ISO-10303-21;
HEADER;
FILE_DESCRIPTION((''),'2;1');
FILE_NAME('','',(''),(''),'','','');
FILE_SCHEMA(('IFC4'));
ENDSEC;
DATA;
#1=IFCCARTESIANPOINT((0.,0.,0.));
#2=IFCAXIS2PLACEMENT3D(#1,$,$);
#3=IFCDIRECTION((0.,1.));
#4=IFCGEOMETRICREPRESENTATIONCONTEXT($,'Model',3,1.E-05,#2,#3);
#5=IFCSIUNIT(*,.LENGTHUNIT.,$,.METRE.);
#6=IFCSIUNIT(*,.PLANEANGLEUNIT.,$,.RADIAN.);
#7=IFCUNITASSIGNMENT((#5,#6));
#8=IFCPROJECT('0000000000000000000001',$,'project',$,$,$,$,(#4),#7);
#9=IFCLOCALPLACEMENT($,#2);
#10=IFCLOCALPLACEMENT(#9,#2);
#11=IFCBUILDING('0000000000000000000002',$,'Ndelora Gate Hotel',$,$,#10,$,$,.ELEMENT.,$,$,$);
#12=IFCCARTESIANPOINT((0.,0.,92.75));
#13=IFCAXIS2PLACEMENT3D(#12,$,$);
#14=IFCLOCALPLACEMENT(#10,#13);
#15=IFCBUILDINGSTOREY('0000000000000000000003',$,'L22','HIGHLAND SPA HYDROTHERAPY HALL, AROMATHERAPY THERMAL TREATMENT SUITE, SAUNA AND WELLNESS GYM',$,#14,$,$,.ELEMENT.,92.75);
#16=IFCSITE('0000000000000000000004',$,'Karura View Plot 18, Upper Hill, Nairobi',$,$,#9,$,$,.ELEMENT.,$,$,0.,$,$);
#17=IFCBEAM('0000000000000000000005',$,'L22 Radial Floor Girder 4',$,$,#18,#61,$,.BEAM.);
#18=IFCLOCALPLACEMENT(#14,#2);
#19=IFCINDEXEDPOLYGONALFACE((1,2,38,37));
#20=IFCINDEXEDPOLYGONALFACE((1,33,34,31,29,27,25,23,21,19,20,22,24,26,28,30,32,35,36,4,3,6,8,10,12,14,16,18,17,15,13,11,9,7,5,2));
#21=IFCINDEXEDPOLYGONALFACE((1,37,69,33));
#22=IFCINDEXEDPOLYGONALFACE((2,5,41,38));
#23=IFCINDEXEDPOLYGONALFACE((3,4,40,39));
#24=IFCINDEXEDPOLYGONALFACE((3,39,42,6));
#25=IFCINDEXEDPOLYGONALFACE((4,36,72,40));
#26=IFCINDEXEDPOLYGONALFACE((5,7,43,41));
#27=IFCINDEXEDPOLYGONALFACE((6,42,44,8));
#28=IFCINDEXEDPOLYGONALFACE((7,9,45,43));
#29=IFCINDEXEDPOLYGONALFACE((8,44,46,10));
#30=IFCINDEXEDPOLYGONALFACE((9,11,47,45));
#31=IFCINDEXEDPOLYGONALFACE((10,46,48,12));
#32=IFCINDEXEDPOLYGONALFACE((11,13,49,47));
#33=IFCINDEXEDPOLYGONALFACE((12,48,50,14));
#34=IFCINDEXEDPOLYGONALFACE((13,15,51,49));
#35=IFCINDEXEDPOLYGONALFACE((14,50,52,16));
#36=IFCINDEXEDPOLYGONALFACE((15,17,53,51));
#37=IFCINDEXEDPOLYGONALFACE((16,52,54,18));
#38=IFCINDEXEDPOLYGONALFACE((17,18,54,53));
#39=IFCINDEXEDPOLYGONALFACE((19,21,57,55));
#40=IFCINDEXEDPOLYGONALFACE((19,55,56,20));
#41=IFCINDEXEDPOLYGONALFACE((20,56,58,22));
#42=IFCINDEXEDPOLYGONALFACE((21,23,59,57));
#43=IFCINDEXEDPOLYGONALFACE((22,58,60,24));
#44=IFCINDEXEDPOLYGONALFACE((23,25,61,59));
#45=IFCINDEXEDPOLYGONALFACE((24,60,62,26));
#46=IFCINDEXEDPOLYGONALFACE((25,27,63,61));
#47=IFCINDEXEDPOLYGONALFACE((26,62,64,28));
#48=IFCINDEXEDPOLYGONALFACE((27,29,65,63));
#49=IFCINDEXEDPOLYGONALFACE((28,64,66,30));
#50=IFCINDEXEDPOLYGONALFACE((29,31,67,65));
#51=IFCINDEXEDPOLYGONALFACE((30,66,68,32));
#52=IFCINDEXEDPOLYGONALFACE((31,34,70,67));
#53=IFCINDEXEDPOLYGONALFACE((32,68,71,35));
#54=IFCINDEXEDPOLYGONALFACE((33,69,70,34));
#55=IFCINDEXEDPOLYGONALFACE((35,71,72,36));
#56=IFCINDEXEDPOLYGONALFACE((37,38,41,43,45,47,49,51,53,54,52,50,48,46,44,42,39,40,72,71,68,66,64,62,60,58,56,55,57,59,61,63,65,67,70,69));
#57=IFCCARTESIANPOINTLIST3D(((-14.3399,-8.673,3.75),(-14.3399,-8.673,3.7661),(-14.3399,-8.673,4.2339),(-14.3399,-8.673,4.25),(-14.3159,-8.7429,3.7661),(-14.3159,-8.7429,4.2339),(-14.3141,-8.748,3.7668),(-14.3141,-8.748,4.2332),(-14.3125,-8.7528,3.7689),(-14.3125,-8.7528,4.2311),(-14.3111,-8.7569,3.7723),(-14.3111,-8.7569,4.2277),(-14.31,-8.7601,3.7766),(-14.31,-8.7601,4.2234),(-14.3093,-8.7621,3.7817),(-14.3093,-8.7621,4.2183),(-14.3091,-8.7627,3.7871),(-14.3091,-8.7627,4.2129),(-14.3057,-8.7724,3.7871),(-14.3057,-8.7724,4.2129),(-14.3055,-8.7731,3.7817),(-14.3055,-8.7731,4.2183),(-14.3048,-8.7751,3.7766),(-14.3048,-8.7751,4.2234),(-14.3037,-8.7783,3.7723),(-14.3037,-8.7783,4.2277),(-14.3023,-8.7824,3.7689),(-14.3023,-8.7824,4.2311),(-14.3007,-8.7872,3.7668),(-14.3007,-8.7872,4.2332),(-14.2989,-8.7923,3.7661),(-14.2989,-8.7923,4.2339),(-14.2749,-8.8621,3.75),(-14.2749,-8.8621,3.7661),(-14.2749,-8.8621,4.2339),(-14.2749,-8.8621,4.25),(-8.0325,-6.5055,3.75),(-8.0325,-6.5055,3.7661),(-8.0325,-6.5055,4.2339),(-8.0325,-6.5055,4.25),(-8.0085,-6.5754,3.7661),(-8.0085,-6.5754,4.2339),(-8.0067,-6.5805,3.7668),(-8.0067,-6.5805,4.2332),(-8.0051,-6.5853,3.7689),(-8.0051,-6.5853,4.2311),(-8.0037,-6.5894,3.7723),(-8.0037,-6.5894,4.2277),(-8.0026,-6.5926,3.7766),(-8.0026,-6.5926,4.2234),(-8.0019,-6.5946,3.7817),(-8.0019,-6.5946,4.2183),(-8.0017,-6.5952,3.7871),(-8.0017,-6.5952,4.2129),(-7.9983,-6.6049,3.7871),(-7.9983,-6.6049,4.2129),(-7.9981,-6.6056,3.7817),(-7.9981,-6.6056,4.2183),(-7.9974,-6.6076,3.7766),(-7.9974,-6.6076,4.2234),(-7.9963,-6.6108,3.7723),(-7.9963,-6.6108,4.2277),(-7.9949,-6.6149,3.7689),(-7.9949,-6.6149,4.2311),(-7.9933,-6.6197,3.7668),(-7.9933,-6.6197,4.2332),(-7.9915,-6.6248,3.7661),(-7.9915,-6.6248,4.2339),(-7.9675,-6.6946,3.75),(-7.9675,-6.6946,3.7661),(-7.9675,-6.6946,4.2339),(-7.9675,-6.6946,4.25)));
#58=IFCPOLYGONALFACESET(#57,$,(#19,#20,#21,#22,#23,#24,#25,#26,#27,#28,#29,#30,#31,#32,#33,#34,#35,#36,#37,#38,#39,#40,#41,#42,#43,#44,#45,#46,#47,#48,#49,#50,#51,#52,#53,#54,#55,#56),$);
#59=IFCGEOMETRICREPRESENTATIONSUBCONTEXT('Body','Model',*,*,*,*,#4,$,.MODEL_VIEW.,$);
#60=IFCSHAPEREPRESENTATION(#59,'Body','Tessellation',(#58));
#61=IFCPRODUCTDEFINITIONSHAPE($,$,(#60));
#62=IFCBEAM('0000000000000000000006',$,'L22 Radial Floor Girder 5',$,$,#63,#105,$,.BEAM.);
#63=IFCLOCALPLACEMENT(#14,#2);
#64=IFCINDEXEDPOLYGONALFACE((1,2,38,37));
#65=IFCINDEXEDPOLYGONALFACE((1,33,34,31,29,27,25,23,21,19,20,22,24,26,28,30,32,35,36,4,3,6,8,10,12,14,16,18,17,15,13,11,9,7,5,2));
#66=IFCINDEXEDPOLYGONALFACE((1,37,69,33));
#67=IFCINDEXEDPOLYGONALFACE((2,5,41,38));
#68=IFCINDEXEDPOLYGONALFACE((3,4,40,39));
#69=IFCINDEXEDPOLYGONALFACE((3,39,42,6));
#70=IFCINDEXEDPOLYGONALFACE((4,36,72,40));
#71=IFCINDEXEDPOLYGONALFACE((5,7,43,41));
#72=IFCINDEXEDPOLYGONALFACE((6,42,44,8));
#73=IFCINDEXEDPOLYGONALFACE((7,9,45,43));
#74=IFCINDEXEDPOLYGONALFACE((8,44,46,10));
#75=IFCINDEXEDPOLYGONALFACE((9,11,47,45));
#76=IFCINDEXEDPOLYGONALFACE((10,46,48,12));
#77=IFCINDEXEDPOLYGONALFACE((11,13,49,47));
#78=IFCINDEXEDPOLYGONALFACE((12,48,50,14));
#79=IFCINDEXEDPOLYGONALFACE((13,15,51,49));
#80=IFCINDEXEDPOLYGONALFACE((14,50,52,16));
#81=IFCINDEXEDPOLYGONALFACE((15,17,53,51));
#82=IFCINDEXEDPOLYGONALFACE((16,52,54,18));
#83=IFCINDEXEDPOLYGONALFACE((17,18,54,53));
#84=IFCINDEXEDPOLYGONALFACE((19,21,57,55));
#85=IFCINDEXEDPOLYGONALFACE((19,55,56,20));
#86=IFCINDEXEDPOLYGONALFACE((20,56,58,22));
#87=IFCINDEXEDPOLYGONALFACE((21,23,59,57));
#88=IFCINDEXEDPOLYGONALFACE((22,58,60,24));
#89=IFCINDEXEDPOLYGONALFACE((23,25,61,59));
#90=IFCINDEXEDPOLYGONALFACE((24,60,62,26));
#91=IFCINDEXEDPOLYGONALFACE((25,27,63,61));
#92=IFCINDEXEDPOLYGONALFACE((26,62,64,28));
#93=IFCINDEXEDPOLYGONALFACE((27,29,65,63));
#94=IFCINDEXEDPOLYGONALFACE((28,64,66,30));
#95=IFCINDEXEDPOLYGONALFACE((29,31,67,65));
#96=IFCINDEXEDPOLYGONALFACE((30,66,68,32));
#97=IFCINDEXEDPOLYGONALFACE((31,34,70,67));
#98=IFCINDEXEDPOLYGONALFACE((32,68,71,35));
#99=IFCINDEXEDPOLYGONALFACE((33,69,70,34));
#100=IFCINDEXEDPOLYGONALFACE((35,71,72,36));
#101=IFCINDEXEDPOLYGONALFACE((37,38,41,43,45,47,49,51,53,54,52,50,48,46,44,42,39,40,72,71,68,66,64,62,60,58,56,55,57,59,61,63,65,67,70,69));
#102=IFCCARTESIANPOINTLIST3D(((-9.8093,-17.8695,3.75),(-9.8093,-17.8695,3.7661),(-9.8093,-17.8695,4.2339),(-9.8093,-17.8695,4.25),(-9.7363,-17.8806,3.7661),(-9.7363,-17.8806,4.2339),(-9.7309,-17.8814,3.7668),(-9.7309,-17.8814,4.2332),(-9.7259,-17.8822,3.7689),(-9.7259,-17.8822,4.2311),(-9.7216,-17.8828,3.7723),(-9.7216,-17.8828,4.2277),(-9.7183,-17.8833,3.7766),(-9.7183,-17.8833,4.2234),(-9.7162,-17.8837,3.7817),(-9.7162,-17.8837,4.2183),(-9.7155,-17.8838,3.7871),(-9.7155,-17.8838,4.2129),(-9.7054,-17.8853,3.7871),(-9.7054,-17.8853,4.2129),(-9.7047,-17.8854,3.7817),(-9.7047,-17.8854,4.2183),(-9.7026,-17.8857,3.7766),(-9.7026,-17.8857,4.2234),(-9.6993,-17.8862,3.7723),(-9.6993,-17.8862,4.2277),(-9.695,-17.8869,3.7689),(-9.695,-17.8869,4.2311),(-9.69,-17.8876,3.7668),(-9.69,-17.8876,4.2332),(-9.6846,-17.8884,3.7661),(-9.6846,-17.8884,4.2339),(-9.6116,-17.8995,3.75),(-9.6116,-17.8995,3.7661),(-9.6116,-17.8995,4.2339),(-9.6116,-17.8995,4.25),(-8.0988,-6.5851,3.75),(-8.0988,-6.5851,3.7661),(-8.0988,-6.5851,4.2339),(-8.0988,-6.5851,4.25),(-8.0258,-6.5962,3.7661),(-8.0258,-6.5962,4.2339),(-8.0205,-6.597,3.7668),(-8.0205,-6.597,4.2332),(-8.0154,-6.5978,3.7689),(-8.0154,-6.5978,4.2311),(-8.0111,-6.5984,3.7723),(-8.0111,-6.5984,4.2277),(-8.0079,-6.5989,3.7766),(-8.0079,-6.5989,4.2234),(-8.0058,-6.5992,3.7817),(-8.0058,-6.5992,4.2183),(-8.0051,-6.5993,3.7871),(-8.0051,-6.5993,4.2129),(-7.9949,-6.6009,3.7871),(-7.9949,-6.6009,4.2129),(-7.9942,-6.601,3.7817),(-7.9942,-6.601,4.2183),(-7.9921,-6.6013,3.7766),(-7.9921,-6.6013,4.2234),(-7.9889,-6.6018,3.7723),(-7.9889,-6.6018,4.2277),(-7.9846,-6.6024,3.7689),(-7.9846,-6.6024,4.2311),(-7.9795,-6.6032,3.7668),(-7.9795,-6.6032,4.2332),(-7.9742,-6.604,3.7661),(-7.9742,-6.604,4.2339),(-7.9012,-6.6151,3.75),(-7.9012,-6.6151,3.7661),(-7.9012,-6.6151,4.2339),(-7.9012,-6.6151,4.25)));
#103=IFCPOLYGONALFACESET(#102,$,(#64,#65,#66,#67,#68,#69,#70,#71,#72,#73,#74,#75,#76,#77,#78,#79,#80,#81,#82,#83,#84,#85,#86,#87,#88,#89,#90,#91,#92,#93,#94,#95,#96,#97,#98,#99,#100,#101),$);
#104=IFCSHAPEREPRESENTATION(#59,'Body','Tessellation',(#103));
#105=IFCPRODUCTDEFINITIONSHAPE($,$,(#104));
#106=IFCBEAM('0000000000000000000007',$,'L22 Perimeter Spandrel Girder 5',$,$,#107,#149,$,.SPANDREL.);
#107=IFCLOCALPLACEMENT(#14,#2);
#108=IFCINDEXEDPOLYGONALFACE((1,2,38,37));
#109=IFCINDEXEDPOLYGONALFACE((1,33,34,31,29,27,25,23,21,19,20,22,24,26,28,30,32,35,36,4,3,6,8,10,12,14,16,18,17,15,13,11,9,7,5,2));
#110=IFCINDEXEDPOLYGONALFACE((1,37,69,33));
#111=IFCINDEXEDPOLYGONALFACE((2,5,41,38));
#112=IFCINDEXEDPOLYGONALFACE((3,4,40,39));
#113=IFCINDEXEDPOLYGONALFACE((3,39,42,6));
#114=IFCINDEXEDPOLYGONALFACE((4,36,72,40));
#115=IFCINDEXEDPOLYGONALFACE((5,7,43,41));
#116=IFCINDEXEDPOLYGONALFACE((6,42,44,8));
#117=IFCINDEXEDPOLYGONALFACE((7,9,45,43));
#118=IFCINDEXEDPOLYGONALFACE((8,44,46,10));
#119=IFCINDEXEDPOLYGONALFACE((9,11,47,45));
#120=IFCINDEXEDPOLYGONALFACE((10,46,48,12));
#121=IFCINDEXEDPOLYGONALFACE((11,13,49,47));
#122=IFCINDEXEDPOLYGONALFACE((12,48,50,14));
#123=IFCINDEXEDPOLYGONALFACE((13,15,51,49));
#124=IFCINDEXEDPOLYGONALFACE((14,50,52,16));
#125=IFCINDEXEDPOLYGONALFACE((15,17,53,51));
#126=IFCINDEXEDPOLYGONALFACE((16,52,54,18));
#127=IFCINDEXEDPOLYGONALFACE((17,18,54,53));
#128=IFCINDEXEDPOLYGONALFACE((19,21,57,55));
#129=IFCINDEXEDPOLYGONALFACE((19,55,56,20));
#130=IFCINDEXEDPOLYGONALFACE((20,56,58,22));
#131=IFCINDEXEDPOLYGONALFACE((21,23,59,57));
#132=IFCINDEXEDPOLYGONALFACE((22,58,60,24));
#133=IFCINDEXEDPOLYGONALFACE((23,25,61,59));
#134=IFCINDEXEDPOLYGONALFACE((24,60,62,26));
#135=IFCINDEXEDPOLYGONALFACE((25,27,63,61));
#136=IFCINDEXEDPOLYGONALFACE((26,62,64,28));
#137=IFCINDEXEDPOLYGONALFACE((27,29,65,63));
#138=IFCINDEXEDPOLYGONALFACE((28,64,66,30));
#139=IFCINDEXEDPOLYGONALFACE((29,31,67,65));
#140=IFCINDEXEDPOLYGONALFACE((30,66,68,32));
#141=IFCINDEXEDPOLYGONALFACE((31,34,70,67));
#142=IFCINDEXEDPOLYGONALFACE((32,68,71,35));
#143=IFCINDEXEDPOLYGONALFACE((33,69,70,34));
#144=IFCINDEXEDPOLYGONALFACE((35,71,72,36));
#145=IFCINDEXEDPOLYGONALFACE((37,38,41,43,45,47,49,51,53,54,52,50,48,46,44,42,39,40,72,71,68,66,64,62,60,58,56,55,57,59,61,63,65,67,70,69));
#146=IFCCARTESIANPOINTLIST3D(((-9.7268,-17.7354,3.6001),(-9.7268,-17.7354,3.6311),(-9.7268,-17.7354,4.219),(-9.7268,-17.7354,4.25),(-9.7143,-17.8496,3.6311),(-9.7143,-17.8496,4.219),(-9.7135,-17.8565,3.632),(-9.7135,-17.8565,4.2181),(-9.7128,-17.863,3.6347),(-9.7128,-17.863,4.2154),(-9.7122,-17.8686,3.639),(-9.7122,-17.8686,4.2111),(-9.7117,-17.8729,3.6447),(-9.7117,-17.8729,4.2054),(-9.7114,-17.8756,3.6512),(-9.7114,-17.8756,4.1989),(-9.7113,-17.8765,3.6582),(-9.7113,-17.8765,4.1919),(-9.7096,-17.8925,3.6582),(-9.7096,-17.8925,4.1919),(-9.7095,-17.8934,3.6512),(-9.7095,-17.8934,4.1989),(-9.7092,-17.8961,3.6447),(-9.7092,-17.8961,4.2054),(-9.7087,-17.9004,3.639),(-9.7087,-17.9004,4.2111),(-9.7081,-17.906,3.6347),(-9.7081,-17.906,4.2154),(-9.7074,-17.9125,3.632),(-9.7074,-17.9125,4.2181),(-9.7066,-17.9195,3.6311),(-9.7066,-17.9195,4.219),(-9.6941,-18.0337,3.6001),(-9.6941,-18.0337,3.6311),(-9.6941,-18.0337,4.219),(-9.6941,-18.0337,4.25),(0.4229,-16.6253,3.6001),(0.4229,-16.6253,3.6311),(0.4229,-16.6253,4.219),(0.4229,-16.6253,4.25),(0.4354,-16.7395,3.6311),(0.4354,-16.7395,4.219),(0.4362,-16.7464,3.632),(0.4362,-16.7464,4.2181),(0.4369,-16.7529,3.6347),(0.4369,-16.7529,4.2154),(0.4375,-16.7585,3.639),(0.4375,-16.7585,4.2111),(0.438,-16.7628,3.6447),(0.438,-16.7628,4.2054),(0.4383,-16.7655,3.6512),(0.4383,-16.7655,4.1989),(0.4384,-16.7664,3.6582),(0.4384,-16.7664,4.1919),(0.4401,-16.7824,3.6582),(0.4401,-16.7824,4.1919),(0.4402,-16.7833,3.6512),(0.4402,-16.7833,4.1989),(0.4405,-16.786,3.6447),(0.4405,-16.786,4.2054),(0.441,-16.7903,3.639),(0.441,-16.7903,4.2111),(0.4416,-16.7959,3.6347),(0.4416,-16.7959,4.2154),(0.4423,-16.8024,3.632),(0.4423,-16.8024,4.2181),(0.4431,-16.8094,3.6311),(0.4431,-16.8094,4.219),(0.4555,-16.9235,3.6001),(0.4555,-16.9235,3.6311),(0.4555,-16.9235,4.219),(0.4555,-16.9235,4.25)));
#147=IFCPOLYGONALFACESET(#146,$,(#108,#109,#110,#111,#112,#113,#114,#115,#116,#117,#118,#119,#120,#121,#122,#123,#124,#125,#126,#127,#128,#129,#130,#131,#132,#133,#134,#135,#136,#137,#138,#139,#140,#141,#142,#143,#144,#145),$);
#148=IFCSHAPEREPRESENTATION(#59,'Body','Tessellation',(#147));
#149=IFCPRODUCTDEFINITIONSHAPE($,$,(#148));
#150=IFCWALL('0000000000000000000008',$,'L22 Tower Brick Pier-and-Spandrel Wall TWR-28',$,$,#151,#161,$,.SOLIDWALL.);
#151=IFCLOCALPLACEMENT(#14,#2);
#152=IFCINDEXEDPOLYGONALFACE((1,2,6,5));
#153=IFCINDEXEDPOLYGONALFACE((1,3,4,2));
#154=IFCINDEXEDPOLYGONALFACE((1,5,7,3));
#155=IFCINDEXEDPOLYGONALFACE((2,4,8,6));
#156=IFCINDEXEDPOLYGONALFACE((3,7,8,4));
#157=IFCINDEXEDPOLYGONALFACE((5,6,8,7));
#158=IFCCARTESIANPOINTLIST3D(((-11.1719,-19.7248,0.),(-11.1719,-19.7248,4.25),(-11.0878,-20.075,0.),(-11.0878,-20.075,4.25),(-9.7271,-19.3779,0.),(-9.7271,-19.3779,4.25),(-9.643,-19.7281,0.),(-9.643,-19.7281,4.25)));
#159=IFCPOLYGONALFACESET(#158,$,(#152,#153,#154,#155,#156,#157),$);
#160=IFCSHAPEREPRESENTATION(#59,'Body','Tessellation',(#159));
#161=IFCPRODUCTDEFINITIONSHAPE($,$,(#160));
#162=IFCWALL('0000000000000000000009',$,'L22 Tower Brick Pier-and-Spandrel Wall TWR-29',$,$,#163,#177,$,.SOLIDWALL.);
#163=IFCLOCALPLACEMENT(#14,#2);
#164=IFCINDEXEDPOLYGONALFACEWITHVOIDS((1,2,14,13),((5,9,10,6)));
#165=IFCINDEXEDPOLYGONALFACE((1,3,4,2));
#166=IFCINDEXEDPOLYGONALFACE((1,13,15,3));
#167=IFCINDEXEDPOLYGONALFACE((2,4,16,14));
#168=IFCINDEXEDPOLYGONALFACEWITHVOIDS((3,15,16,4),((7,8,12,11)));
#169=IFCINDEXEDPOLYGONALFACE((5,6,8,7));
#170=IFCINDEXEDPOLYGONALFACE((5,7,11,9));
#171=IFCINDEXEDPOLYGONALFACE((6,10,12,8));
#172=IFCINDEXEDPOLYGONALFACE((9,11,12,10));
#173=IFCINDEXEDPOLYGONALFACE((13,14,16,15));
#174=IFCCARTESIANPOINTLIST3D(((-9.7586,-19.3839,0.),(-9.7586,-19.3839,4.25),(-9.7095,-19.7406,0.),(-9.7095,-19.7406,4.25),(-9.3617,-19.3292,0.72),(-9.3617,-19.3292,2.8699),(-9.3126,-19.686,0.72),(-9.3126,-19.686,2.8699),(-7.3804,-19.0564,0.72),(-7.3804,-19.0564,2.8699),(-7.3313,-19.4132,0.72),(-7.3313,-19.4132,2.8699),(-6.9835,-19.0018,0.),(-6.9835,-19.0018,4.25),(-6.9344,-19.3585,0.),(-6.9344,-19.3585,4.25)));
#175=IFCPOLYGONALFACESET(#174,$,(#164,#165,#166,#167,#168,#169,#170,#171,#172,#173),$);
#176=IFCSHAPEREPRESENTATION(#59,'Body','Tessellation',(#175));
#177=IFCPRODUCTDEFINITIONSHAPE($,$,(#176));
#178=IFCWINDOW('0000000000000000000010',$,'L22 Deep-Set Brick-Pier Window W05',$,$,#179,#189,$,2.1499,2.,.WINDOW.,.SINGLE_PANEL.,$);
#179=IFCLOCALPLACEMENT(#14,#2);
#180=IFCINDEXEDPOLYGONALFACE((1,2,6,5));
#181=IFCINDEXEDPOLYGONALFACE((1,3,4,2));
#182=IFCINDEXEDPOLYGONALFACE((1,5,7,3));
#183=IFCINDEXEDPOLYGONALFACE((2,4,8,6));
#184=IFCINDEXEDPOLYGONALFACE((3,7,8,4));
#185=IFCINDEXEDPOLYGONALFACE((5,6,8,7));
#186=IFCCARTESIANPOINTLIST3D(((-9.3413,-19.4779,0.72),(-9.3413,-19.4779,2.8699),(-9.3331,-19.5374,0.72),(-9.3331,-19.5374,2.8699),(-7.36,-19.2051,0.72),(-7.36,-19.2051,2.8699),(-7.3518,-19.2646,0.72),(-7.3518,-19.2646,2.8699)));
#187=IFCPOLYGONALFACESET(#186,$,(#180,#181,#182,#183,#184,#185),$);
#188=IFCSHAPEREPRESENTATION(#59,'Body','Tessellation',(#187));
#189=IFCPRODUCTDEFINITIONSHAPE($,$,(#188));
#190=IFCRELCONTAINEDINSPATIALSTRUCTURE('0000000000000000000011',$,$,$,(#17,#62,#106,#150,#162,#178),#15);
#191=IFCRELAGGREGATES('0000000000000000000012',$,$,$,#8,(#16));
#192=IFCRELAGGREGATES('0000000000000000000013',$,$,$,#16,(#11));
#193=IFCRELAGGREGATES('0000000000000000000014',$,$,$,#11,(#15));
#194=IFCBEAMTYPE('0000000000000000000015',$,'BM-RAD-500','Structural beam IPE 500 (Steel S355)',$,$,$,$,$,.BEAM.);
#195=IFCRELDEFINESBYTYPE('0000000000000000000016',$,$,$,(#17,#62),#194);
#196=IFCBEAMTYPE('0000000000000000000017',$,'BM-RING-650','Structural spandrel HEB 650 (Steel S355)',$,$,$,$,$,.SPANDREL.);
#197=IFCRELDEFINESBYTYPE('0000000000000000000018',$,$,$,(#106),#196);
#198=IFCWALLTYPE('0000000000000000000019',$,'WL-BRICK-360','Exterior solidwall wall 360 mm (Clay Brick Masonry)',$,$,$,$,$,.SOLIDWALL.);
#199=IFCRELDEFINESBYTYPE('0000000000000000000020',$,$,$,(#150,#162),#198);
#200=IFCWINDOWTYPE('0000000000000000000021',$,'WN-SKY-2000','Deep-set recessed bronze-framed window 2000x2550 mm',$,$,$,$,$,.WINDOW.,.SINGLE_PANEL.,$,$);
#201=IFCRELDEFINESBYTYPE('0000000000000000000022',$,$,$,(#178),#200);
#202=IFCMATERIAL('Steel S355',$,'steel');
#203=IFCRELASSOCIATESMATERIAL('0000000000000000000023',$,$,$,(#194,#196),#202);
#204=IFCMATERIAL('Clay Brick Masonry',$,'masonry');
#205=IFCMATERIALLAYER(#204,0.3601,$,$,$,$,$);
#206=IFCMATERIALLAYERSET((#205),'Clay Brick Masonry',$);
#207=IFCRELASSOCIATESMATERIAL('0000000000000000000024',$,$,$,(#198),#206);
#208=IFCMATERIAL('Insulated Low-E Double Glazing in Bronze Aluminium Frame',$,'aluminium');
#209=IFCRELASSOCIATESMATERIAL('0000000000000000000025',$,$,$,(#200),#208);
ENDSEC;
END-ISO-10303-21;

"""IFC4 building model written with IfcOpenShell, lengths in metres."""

from ifc_helpers import new_model, si_unit, direction, frame, frame_2d, origin, origin_2d, place, context, subcontext, project, spatial, rectangle, i_section, extrude, material, layer, layer_set, material_profile, profile_set, type_object, element, fill, save


model = new_model("IFC4")

# Units and contexts
model_context = context("Model", 3, precision=1e-05, world=origin(), true_north=direction((0.0, 1.0)))
body_context = subcontext(model_context, "Body", "Model", "MODEL_VIEW")
ifc_project = project(units=[si_unit("LENGTHUNIT", "METRE"), si_unit("PLANEANGLEUNIT", "RADIAN")], contexts=[model_context])

# Site, building, storey
site_placement = place(None, origin())
site = spatial("IfcSite", under=ifc_project, at=site_placement, Name="Karura View Plot 18, Upper Hill, Nairobi", CompositionType="ELEMENT", RefElevation=0.0)
building_placement = place(site_placement, origin())
building = spatial("IfcBuilding", under=site, at=building_placement, Name="Ndelora Gate Hotel", CompositionType="ELEMENT")
storey_placement = place(building_placement, frame((0.0, 0.0, 92.75)))
storey = spatial("IfcBuildingStorey", under=building, at=storey_placement, Name="L22", Description="HIGHLAND SPA HYDROTHERAPY HALL, AROMATHERAPY THERMAL TREATMENT SUITE, SAUNA AND WELLNESS GYM", CompositionType="ELEMENT", Elevation=92.75)

# Beams
ifc_material_1 = material(Name="Steel S355", Category="steel")
ifc_material_profile_1 = material_profile(ifc_material_1, i_section(OverallWidth=0.2, OverallDepth=0.5, WebThickness=0.0103, FlangeThickness=0.0161, FilletRadius=0.021, at=origin_2d()), Name="IPE 500")
ifc_profile_set_1 = profile_set([ifc_material_profile_1], Name="Steel S355")
beam_type_1 = type_object("IfcBeamType", Name="BM-RAD-500", Description="Structural beam IPE 500 (Steel S355)", PredefinedType="BEAM", material=ifc_profile_set_1)
beam_1_placement = place(storey_placement, frame((-8.0, -6.6001, 4.0), z_axis=(-0.945718, -0.324989, 0.0), x_axis=(0.324989, -0.945718, 0.0)))
element("IfcBeam", 1, at=beam_1_placement, inside=storey, type_object=beam_type_1, Name="L22 Radial Floor Girder 4", PredefinedType="BEAM", context=body_context, shape_type="SweptSolid", body=[
    extrude(i_section(OverallWidth=0.2, OverallDepth=0.5, WebThickness=0.0103, FlangeThickness=0.0161, FilletRadius=0.021, at=origin_2d()), origin(), (0.0, 0.0, 1.0), 6.6694),
])
beam_2_placement = place(storey_placement, frame((-8.0, -6.6001, 4.0), z_axis=(-0.149864, -0.988707, 0.0), x_axis=(0.988707, -0.149864, 0.0)))
element("IfcBeam", 2, at=beam_2_placement, inside=storey, type_object=beam_type_1, Name="L22 Radial Floor Girder 5", PredefinedType="BEAM", context=body_context, shape_type="SweptSolid", body=[
    extrude(i_section(OverallWidth=0.2, OverallDepth=0.5, WebThickness=0.0103, FlangeThickness=0.0161, FilletRadius=0.021, at=origin_2d()), origin(), (0.0, 0.0, 1.0), 11.4133),
])
ifc_material_profile_2 = material_profile(ifc_material_1, i_section(OverallWidth=0.3, OverallDepth=0.6499, WebThickness=0.0161, FlangeThickness=0.031, FilletRadius=0.0271, at=origin_2d()), Name="HEB 650")
ifc_profile_set_2 = profile_set([ifc_material_profile_2], Name="Steel S355")
beam_type_2 = type_object("IfcBeamType", Name="BM-RING-650", Description="Structural spandrel HEB 650 (Steel S355)", PredefinedType="SPANDREL", material=ifc_profile_set_2)
beam_3_placement = place(storey_placement, frame((-9.7104, -17.8845, 3.925), z_axis=(0.994072, 0.108725, 0.0), x_axis=(-0.108725, 0.994072, 0.0)))
element("IfcBeam", 3, at=beam_3_placement, inside=storey, type_object=beam_type_2, Name="L22 Perimeter Spandrel Girder 5", PredefinedType="SPANDREL", context=body_context, shape_type="SweptSolid", body=[
    extrude(i_section(OverallWidth=0.3, OverallDepth=0.6499, WebThickness=0.0161, FlangeThickness=0.031, FilletRadius=0.0271, at=origin_2d()), origin(), (0.0, 0.0, 1.0), 10.2102),
])

# Wall
ifc_material_2 = material(Name="Clay Brick Masonry", Category="masonry")
ifc_layer_1 = layer(ifc_material_2, 0.3601)
ifc_layer_set_1 = layer_set([ifc_layer_1], Name="Clay Brick Masonry")
wall_type_1 = type_object("IfcWallType", Name="WL-BRICK-360", Description="Exterior solidwall wall 360 mm (Clay Brick Masonry)", PredefinedType="SOLIDWALL", material=ifc_layer_set_1)
wall_1_placement = place(storey_placement, frame((-9.6851, -19.553, 0.0), z_axis=(0.0, 0.0, 1.0), x_axis=(-0.972362, -0.233479, 0.0)))
element("IfcWall", 4, at=wall_1_placement, inside=storey, type_object=wall_type_1, Name="L22 Tower Brick Pier-and-Spandrel Wall TWR-28", PredefinedType="SOLIDWALL", context=body_context, shape_type="SweptSolid", body=[
    extrude(rectangle(XDim=1.4858, YDim=0.3601, at=frame_2d((0.7429, 0.0))), origin(), (0.0, 0.0, 1.0), 4.25),
])

# Wall, opening, window
wall_2_placement = place(storey_placement, frame((-6.959, -19.1802, 0.0), z_axis=(0.0, 0.0, 1.0), x_axis=(-0.990655, -0.136393, 0.0)))
wall_2 = element("IfcWall", 5, at=wall_2_placement, inside=storey, type_object=wall_type_1, Name="L22 Tower Brick Pier-and-Spandrel Wall TWR-29", PredefinedType="SOLIDWALL", context=body_context, shape_type="SweptSolid", body=[
    extrude(rectangle(XDim=2.8013, YDim=0.3601, at=frame_2d((1.4006, 0.0))), origin(), (0.0, 0.0, 1.0), 4.25),
])
opening_1_placement = place(wall_2_placement, frame((0.4006, 0.0, 0.72)))
opening_1 = element("IfcOpeningElement", 6, at=opening_1_placement, cuts=wall_2, PredefinedType="OPENING", context=body_context, shape_type="SweptSolid", body=[
    extrude(rectangle(XDim=2.0, YDim=2.1499, at=frame_2d((1.0, 1.075))), frame((0.0, 0.1899, 0.0), z_axis=(0.0, -1.0, 0.0), x_axis=(1.0, 0.0, 0.0)), (0.0, 0.0, 1.0), 0.3801),
])
ifc_material_3 = material(Name="Insulated Low-E Double Glazing in Bronze Aluminium Frame", Category="aluminium")
window_type = type_object("IfcWindowType", Name="WN-SKY-2000", Description="Deep-set recessed bronze-framed window 2000x2550 mm", PartitioningType="SINGLE_PANEL", PredefinedType="WINDOW", material=ifc_material_3)
window_1_placement = place(opening_1_placement, origin())
window_1 = element("IfcWindow", 7, at=window_1_placement, inside=storey, type_object=window_type, Name="L22 Deep-Set Brick-Pier Window W05", OverallHeight=2.1499, OverallWidth=2.0, PartitioningType="SINGLE_PANEL", PredefinedType="WINDOW", context=body_context, shape_type="SweptSolid", body=[
    extrude(rectangle(XDim=2.0, YDim=2.1499, at=frame_2d((1.0, 1.075))), frame((0.0, 0.03, 0.0), z_axis=(0.0, -1.0, 0.0), x_axis=(1.0, 0.0, 0.0)), (0.0, 0.0, 1.0), 0.0601),
])
fill(opening_1, window_1)

save(model, "model.ifc")
